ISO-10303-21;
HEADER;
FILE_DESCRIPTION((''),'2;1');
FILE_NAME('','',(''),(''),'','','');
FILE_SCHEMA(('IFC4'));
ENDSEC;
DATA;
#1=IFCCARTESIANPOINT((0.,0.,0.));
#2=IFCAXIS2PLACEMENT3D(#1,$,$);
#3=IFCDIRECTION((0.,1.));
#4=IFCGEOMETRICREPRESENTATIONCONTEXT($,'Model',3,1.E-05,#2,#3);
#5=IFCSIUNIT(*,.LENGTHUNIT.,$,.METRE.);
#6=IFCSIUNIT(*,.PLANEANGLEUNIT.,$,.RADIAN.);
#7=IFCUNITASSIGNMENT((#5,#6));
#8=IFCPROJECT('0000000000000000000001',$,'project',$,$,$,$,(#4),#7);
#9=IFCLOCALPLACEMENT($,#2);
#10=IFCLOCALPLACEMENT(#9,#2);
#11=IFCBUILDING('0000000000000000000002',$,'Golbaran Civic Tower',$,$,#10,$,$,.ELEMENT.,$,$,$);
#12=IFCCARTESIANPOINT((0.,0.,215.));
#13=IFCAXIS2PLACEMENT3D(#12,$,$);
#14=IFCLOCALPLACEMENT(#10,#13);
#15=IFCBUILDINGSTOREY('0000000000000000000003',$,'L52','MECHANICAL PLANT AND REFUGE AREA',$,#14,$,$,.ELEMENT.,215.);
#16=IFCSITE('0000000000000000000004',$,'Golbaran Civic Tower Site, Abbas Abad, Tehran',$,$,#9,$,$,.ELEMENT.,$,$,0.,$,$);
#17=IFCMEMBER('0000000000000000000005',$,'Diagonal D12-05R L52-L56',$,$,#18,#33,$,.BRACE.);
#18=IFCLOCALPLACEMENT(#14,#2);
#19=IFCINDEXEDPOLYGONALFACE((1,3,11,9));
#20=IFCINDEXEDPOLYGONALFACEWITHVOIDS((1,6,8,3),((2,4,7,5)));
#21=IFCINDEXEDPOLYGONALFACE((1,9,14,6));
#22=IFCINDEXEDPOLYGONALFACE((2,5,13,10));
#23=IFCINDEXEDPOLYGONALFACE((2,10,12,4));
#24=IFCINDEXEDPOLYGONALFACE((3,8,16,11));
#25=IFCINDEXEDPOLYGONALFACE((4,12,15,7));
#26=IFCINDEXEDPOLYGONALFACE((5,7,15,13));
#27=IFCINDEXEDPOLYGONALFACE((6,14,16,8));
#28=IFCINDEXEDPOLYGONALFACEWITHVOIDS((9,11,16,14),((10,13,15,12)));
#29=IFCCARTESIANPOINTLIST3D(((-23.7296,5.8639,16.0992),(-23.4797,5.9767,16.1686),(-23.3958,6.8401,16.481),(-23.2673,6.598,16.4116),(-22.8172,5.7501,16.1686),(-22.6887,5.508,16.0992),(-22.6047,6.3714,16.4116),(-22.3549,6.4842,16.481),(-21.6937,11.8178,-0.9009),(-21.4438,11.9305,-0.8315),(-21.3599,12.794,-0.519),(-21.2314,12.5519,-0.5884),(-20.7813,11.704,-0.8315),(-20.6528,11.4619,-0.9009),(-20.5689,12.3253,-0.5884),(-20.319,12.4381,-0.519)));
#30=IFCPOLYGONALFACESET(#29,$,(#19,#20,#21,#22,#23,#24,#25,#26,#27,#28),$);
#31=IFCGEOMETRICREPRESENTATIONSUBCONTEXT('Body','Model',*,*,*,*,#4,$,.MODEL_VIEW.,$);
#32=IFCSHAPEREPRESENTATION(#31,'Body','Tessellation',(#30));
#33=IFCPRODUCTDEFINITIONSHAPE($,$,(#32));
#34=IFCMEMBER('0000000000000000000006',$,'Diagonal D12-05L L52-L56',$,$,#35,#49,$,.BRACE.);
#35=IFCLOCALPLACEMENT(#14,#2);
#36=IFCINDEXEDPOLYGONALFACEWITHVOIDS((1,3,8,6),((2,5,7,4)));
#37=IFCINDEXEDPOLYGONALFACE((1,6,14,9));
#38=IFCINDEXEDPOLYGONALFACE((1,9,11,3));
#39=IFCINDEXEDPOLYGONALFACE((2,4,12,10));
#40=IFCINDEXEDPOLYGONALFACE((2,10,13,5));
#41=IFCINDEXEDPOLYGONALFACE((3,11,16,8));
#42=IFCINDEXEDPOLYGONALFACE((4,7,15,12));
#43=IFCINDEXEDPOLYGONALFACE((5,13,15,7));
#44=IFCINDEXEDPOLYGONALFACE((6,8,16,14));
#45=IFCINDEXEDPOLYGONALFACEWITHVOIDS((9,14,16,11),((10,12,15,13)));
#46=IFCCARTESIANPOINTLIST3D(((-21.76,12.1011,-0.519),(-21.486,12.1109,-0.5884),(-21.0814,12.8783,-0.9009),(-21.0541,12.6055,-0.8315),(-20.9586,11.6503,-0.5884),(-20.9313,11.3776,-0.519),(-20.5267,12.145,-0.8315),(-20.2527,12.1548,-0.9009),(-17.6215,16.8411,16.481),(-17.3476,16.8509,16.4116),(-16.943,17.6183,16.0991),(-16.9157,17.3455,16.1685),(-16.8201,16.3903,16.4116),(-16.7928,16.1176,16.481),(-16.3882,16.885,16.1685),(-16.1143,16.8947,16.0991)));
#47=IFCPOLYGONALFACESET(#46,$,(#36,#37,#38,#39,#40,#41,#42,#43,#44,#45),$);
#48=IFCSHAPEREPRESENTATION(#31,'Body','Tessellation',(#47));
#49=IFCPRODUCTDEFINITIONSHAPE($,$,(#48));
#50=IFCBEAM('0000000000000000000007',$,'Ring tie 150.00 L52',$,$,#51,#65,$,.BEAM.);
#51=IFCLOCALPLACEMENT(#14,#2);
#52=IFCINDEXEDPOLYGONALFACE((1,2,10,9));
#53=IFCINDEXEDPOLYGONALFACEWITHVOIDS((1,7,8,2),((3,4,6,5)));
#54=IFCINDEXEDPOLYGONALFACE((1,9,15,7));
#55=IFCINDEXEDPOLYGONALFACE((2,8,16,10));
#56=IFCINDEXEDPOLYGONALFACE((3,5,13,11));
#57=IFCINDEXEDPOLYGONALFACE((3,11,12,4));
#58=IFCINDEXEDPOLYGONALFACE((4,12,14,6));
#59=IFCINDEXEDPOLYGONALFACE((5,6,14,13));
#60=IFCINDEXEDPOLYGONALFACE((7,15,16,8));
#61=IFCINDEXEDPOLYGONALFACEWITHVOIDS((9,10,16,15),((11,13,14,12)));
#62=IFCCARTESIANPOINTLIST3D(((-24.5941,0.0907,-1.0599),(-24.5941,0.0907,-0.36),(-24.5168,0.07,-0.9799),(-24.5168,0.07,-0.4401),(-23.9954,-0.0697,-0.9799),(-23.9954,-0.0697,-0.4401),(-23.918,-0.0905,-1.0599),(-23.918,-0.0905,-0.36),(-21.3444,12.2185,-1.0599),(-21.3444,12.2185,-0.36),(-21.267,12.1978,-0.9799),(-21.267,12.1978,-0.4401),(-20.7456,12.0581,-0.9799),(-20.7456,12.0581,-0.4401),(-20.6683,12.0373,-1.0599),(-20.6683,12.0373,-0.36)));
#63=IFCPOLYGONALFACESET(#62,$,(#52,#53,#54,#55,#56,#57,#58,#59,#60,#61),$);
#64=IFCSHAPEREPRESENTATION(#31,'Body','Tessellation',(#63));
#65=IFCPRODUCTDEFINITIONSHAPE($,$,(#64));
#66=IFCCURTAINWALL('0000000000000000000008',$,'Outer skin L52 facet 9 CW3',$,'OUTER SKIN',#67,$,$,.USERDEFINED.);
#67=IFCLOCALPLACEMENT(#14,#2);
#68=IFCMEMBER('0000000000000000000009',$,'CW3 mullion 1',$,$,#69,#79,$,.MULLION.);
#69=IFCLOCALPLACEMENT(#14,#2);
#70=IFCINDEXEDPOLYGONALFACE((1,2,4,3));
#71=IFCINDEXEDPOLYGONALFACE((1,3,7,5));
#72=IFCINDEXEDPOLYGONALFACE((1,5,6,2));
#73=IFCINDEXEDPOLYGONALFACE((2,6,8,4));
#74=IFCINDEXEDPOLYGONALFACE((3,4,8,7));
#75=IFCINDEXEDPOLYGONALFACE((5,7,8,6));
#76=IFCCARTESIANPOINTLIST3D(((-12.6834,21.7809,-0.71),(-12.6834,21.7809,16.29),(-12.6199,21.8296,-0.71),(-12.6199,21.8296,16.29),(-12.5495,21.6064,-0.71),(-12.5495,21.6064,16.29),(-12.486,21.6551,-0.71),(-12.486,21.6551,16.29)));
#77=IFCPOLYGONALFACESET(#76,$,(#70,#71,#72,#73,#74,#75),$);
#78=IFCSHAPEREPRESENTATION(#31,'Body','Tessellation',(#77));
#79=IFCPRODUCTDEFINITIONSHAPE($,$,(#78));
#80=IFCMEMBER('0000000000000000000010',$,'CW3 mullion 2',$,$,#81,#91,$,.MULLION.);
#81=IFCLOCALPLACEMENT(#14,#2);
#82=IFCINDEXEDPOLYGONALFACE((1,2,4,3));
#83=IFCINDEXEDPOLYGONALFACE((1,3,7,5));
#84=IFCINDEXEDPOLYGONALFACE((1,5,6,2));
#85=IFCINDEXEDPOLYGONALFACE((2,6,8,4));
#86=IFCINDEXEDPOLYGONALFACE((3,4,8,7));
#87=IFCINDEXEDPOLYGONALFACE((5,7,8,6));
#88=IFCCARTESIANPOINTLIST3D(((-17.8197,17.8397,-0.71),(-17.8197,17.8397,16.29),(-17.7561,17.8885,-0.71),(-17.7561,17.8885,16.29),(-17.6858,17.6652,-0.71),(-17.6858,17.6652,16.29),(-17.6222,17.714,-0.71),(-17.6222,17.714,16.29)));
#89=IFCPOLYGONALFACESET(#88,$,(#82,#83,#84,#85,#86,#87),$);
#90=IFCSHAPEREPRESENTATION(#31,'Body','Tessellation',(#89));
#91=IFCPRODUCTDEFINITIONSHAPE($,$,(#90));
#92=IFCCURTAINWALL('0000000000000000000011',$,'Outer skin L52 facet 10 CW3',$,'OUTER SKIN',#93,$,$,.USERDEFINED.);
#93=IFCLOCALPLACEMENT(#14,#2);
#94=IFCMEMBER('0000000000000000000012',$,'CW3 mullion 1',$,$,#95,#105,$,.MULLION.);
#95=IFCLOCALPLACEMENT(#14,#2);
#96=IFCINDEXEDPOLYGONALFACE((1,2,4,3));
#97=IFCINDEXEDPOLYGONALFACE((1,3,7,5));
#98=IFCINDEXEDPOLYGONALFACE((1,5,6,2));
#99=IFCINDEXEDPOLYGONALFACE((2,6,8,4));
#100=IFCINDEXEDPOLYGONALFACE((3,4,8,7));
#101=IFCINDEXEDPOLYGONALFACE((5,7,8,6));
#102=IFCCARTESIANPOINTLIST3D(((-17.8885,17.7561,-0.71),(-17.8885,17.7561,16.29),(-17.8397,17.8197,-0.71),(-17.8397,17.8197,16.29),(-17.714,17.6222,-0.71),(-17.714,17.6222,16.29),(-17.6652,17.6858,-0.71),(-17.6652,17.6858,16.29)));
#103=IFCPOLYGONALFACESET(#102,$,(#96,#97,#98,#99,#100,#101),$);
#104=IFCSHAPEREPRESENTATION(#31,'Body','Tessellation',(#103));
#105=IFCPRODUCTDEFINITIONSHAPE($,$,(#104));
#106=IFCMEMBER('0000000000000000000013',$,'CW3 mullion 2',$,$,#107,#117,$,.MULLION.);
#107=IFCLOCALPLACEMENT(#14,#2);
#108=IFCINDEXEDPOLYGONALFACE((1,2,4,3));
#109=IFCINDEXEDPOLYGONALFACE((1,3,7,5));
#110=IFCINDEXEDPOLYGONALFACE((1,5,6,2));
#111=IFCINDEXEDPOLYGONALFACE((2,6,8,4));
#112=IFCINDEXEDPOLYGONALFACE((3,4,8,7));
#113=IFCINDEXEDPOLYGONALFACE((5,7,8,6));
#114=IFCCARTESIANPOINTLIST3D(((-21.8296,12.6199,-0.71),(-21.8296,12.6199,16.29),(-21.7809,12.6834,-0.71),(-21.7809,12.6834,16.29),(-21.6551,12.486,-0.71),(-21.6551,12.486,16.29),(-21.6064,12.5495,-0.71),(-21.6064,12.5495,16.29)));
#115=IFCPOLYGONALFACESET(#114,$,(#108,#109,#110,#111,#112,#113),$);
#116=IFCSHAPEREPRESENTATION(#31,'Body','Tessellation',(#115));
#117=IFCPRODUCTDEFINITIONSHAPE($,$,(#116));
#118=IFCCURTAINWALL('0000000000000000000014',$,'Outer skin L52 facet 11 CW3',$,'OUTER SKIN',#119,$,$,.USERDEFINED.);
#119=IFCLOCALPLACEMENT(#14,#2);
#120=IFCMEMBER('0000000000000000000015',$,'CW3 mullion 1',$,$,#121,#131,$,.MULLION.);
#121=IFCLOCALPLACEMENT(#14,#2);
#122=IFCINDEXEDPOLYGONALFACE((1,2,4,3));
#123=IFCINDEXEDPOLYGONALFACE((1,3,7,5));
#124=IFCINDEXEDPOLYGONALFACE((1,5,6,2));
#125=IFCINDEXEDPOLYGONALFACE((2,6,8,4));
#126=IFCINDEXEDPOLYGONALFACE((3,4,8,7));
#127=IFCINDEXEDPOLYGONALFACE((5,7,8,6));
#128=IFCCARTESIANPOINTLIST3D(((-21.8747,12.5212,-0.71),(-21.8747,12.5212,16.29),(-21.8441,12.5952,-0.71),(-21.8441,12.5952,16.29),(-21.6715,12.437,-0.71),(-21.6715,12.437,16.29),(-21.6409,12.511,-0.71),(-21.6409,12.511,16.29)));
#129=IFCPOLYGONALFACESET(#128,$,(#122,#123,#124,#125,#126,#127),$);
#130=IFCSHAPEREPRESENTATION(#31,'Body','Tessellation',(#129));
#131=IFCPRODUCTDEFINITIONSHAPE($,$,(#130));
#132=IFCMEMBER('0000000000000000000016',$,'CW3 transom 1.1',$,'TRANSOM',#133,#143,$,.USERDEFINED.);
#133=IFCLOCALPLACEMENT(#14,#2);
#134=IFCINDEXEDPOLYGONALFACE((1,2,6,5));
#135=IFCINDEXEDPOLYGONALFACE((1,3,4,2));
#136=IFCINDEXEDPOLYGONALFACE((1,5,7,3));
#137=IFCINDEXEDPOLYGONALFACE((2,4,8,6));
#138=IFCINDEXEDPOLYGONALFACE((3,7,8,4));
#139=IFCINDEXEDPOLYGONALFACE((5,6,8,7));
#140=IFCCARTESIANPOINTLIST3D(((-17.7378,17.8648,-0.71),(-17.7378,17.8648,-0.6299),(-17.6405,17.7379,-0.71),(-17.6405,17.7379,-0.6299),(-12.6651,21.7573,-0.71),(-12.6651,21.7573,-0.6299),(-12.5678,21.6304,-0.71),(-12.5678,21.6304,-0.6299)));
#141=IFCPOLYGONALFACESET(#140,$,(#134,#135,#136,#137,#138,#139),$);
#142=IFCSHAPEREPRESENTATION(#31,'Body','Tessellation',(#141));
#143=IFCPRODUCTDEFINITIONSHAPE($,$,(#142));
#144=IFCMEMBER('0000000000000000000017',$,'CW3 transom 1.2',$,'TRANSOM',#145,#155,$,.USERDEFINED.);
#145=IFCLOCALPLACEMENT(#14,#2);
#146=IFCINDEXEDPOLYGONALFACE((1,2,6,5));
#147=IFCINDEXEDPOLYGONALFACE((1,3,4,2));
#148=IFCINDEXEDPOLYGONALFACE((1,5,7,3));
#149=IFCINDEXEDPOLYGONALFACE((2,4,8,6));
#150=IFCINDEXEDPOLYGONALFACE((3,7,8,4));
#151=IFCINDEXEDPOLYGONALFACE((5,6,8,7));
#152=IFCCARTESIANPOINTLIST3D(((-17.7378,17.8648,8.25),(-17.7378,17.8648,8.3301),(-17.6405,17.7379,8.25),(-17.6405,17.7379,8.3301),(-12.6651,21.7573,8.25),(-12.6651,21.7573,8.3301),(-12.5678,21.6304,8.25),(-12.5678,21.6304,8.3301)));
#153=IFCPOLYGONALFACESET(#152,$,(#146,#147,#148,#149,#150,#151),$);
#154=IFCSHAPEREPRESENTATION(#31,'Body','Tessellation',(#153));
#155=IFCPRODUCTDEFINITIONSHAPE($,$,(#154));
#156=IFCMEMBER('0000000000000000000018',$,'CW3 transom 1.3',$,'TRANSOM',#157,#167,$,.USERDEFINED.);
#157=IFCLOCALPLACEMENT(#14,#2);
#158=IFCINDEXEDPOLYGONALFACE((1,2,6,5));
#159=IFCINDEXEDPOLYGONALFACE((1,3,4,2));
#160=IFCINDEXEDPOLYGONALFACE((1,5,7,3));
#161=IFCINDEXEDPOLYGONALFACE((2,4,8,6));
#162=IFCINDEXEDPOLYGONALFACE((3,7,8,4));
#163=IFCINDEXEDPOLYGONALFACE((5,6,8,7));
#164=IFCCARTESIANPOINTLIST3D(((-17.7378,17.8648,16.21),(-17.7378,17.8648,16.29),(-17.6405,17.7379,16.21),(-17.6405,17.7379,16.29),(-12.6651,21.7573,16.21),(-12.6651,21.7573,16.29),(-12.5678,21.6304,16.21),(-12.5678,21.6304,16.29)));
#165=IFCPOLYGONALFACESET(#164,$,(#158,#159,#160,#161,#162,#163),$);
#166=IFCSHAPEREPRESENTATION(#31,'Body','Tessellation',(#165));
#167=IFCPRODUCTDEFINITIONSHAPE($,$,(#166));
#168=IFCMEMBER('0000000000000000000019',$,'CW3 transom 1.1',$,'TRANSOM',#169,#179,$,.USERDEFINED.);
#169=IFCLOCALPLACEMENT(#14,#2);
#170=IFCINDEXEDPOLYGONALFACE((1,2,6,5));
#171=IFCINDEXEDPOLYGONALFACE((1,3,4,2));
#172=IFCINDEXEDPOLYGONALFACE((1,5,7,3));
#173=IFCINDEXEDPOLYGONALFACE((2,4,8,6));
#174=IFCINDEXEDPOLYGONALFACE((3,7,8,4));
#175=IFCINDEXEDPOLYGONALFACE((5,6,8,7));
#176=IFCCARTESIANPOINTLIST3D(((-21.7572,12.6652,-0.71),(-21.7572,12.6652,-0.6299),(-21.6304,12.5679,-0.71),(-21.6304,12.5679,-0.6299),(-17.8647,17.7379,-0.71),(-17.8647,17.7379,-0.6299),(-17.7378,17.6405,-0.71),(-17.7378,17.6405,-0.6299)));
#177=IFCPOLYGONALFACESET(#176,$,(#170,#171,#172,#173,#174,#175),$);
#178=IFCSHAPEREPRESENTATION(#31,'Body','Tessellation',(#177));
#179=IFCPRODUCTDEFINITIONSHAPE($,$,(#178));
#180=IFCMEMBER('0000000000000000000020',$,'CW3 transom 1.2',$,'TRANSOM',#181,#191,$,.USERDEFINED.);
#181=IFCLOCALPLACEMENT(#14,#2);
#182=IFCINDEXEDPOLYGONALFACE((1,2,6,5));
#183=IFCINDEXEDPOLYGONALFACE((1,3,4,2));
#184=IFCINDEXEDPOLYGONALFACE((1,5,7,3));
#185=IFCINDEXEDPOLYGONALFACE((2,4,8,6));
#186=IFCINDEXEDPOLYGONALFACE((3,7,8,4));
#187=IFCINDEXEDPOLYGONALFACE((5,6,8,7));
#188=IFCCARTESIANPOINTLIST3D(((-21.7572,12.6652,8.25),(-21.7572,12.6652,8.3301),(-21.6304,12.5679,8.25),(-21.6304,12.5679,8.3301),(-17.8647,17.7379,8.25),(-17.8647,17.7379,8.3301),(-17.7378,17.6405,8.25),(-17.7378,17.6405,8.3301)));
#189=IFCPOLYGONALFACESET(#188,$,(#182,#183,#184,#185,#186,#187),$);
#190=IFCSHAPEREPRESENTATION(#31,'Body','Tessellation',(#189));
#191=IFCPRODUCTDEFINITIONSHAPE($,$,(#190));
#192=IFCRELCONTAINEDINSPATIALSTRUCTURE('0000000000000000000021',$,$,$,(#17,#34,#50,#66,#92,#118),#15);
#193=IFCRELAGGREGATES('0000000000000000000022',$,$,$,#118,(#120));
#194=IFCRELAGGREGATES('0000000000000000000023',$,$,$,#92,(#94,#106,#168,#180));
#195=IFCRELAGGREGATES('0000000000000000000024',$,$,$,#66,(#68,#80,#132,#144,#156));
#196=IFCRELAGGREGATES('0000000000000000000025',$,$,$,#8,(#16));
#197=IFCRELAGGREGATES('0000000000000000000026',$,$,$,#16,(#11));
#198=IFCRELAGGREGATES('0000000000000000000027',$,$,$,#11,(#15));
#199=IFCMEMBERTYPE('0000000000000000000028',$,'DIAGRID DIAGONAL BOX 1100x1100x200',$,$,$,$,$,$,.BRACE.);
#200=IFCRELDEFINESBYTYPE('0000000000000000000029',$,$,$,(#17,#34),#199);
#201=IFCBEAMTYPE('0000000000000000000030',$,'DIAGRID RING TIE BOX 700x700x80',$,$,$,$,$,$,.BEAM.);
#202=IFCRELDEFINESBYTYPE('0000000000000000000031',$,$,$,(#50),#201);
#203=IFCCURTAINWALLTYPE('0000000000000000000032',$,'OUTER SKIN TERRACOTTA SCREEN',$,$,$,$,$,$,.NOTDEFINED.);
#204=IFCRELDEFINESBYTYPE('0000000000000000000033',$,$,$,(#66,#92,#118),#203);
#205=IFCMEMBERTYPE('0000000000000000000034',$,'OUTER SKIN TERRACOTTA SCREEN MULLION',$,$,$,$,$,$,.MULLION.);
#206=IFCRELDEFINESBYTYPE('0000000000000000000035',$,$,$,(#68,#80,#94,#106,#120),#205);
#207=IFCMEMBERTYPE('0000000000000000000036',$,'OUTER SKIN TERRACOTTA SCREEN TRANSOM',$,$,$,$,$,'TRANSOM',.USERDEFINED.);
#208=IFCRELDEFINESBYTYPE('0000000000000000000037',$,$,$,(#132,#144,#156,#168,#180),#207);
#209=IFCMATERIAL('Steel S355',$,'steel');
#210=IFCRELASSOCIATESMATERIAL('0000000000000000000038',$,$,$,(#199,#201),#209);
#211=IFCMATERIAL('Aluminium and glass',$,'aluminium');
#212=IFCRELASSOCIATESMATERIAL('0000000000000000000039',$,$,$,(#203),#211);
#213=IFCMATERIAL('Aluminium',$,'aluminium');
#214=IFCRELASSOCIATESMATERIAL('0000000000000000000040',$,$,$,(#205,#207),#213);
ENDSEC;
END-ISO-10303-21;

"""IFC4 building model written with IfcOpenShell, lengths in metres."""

from ifc_helpers import new_model, si_unit, direction, frame, origin, origin_2d, place, context, subcontext, project, spatial, rectangle, hollow_rectangle, extrude, material, material_profile, profile_set, type_object, element, aggregate, save


model = new_model("IFC4")

# Units and contexts
model_context = context("Model", 3, precision=1e-05, world=origin(), true_north=direction((0.0, 1.0)))
body_context = subcontext(model_context, "Body", "Model", "MODEL_VIEW")
ifc_project = project(units=[si_unit("LENGTHUNIT", "METRE"), si_unit("PLANEANGLEUNIT", "RADIAN")], contexts=[model_context])

# Site, building, storey
site_placement = place(None, origin())
site = spatial("IfcSite", under=ifc_project, at=site_placement, Name="Golbaran Civic Tower Site, Abbas Abad, Tehran", CompositionType="ELEMENT", RefElevation=0.0)
building_placement = place(site_placement, origin())
building = spatial("IfcBuilding", under=site, at=building_placement, Name="Golbaran Civic Tower", CompositionType="ELEMENT")
storey_placement = place(building_placement, frame((0.0, 0.0, 215.0)))
storey = spatial("IfcBuildingStorey", under=building, at=storey_placement, Name="L52", Description="MECHANICAL PLANT AND REFUGE AREA", CompositionType="ELEMENT", Elevation=215.0)

# Members
ifc_material_1 = material(Name="Steel S355", Category="steel")
ifc_material_profile_1 = material_profile(ifc_material_1, hollow_rectangle(XDim=1.1001, YDim=1.1001, WallThickness=0.2, at=origin_2d()), Name="BOX 1100x1100x200")
ifc_profile_set_1 = profile_set([ifc_material_profile_1], Name="Steel S355")
member_type_1 = type_object("IfcMemberType", Name="DIAGRID DIAGONAL BOX 1100x1100x200", PredefinedType="BRACE", material=ifc_profile_set_1)
for number, where, z_axis, x_axis, name in (
    (1, (-21.0063, 12.1279, -0.71), (-0.112312, -0.32845, 0.93782), (0.946211, -0.323551, 0.0), "Diagonal D12-05R L52-L56"),
    (2, (-21.0063, 12.1279, -0.71), (0.2283, 0.261485, 0.937819), (-0.75329, 0.657688, 0.0), "Diagonal D12-05L L52-L56"),
):
    element("IfcMember", number, at=place(storey_placement, frame(where, z_axis=z_axis, x_axis=x_axis)), inside=storey, type_object=member_type_1, Name=name, PredefinedType="BRACE", context=body_context, shape_type="SweptSolid", body=[
        extrude(hollow_rectangle(XDim=1.1001, YDim=1.1001, WallThickness=0.2, at=origin_2d()), origin(), (0.0, 0.0, 1.0), 18.1272),
    ])

# Beam
ifc_material_profile_2 = material_profile(ifc_material_1, hollow_rectangle(XDim=0.7, YDim=0.7, WallThickness=0.0801, at=origin_2d()), Name="BOX 700x700x80")
ifc_profile_set_2 = profile_set([ifc_material_profile_2], Name="Steel S355")
beam_type = type_object("IfcBeamType", Name="DIAGRID RING TIE BOX 700x700x80", PredefinedType="BEAM", material=ifc_profile_set_2)
beam_placement = place(storey_placement, frame((-21.0063, 12.1279, -0.71), z_axis=(-0.258826, -0.965924, 0.0), x_axis=(0.965924, -0.258826, 0.0)))
element("IfcBeam", 3, at=beam_placement, inside=storey, type_object=beam_type, Name="Ring tie 150.00 L52", PredefinedType="BEAM", context=body_context, shape_type="SweptSolid", body=[
    extrude(hollow_rectangle(XDim=0.7, YDim=0.7, WallThickness=0.0801, at=origin_2d()), origin(), (0.0, 0.0, 1.0), 12.5557),
])

# Curtain walls, members
ifc_material_2 = material(Name="Aluminium and glass", Category="aluminium")
curtain_wall_type_1 = type_object("IfcCurtainWallType", Name="OUTER SKIN TERRACOTTA SCREEN", PredefinedType="NOTDEFINED", material=ifc_material_2)
curtain_wall_1_placement = place(storey_placement, origin())
curtain_wall_1 = element("IfcCurtainWall", 4, at=curtain_wall_1_placement, inside=storey, type_object=curtain_wall_type_1, Name="Outer skin L52 facet 9 CW3", ObjectType="OUTER SKIN", PredefinedType="USERDEFINED")
ifc_material_3 = material(Name="Aluminium", Category="aluminium")
ifc_material_profile_3 = material_profile(ifc_material_3, rectangle(XDim=0.22, YDim=0.0801, at=origin_2d()), Name="OUTER SKIN TERRACOTTA SCREEN MULLION")
ifc_profile_set_3 = profile_set([ifc_material_profile_3], Name="Aluminium")
member_type_2 = type_object("IfcMemberType", Name="OUTER SKIN TERRACOTTA SCREEN MULLION", PredefinedType="MULLION", material=ifc_profile_set_3)
member_1_placement = place(storey_placement, frame((-12.5847, 21.718, -0.71), z_axis=(0.0, 0.0, 1.0), x_axis=(0.608761, -0.793353, 0.0)))
member_1 = element("IfcMember", 5, at=member_1_placement, type_object=member_type_2, Name="CW3 mullion 1", PredefinedType="MULLION", context=body_context, shape_type="SweptSolid", body=[
    extrude(rectangle(XDim=0.22, YDim=0.0801, at=origin_2d()), origin(), (0.0, 0.0, 1.0), 17.0),
])
member_2_placement = place(storey_placement, frame((-17.7209, 17.7769, -0.71), z_axis=(0.0, 0.0, 1.0), x_axis=(0.608761, -0.793353, 0.0)))
member_2 = element("IfcMember", 6, at=member_2_placement, type_object=member_type_2, Name="CW3 mullion 2", PredefinedType="MULLION", context=body_context, shape_type="SweptSolid", body=[
    extrude(rectangle(XDim=0.22, YDim=0.0801, at=origin_2d()), origin(), (0.0, 0.0, 1.0), 17.0),
])
curtain_wall_2_placement = place(storey_placement, origin())
curtain_wall_2 = element("IfcCurtainWall", 7, at=curtain_wall_2_placement, inside=storey, type_object=curtain_wall_type_1, Name="Outer skin L52 facet 10 CW3", ObjectType="OUTER SKIN", PredefinedType="USERDEFINED")
member_3_placement = place(storey_placement, frame((-17.7769, 17.7209, -0.71), z_axis=(0.0, 0.0, 1.0), x_axis=(0.793353, -0.608761, 0.0)))
member_3 = element("IfcMember", 8, at=member_3_placement, type_object=member_type_2, Name="CW3 mullion 1", PredefinedType="MULLION", context=body_context, shape_type="SweptSolid", body=[
    extrude(rectangle(XDim=0.22, YDim=0.0801, at=origin_2d()), origin(), (0.0, 0.0, 1.0), 17.0),
])
member_4_placement = place(storey_placement, frame((-21.718, 12.5847, -0.71), z_axis=(0.0, 0.0, 1.0), x_axis=(0.793353, -0.608761, 0.0)))
member_4 = element("IfcMember", 9, at=member_4_placement, type_object=member_type_2, Name="CW3 mullion 2", PredefinedType="MULLION", context=body_context, shape_type="SweptSolid", body=[
    extrude(rectangle(XDim=0.22, YDim=0.0801, at=origin_2d()), origin(), (0.0, 0.0, 1.0), 17.0),
])

# Curtain wall, member
curtain_wall_3_placement = place(storey_placement, origin())
curtain_wall_3 = element("IfcCurtainWall", 10, at=curtain_wall_3_placement, inside=storey, type_object=curtain_wall_type_1, Name="Outer skin L52 facet 11 CW3", ObjectType="OUTER SKIN", PredefinedType="USERDEFINED")
member_5_placement = place(storey_placement, frame((-21.7578, 12.5161, -0.71), z_axis=(0.0, 0.0, 1.0), x_axis=(0.92388, -0.382683, 0.0)))
member_5 = element("IfcMember", 11, at=member_5_placement, type_object=member_type_2, Name="CW3 mullion 1", PredefinedType="MULLION", context=body_context, shape_type="SweptSolid", body=[
    extrude(rectangle(XDim=0.22, YDim=0.0801, at=origin_2d()), origin(), (0.0, 0.0, 1.0), 17.0),
])

# Members
ifc_material_profile_4 = material_profile(ifc_material_3, rectangle(XDim=0.1599, YDim=0.0801, at=origin_2d()), Name="OUTER SKIN TERRACOTTA SCREEN TRANSOM")
ifc_profile_set_4 = profile_set([ifc_material_profile_4], Name="Aluminium")
member_type_3 = type_object("IfcMemberType", Name="OUTER SKIN TERRACOTTA SCREEN TRANSOM", ElementType="TRANSOM", PredefinedType="USERDEFINED", material=ifc_profile_set_4)
member_6_placement = place(storey_placement, frame((-12.6165, 21.6938, -0.6699), z_axis=(-0.793344, -0.608773, 0.0), x_axis=(0.608773, -0.793344, 0.0)))
member_6 = element("IfcMember", 12, at=member_6_placement, type_object=member_type_3, Name="CW3 transom 1.1", ObjectType="TRANSOM", PredefinedType="USERDEFINED", context=body_context, shape_type="SweptSolid", body=[
    extrude(rectangle(XDim=0.1599, YDim=0.0801, at=origin_2d()), origin(), (0.0, 0.0, 1.0), 6.394),
])
member_7_placement = place(storey_placement, frame((-12.6165, 21.6938, 8.29), z_axis=(-0.793344, -0.608773, 0.0), x_axis=(0.608773, -0.793344, 0.0)))
member_7 = element("IfcMember", 13, at=member_7_placement, type_object=member_type_3, Name="CW3 transom 1.2", ObjectType="TRANSOM", PredefinedType="USERDEFINED", context=body_context, shape_type="SweptSolid", body=[
    extrude(rectangle(XDim=0.1599, YDim=0.0801, at=origin_2d()), origin(), (0.0, 0.0, 1.0), 6.394),
])
member_8_placement = place(storey_placement, frame((-12.6165, 21.6938, 16.25), z_axis=(-0.793344, -0.608773, 0.0), x_axis=(0.608773, -0.793344, 0.0)))
member_8 = element("IfcMember", 14, at=member_8_placement, type_object=member_type_3, Name="CW3 transom 1.3", ObjectType="TRANSOM", PredefinedType="USERDEFINED", context=body_context, shape_type="SweptSolid", body=[
    extrude(rectangle(XDim=0.1599, YDim=0.0801, at=origin_2d()), origin(), (0.0, 0.0, 1.0), 6.394),
])
member_9_placement = place(storey_placement, frame((-17.8013, 17.6892, -0.6699), z_axis=(-0.608773, -0.793344, 0.0), x_axis=(0.793344, -0.608773, 0.0)))
member_9 = element("IfcMember", 15, at=member_9_placement, type_object=member_type_3, Name="CW3 transom 1.1", ObjectType="TRANSOM", PredefinedType="USERDEFINED", context=body_context, shape_type="SweptSolid", body=[
    extrude(rectangle(XDim=0.1599, YDim=0.0801, at=origin_2d()), origin(), (0.0, 0.0, 1.0), 6.394),
])
member_10_placement = place(storey_placement, frame((-17.8013, 17.6892, 8.29), z_axis=(-0.608773, -0.793344, 0.0), x_axis=(0.793344, -0.608773, 0.0)))
member_10 = element("IfcMember", 16, at=member_10_placement, type_object=member_type_3, Name="CW3 transom 1.2", ObjectType="TRANSOM", PredefinedType="USERDEFINED", context=body_context, shape_type="SweptSolid", body=[
    extrude(rectangle(XDim=0.1599, YDim=0.0801, at=origin_2d()), origin(), (0.0, 0.0, 1.0), 6.394),
])
aggregate(curtain_wall_3, [member_5])

aggregate(curtain_wall_2, [member_3, member_4, member_9, member_10])
aggregate(curtain_wall_1, [member_1, member_2, member_6, member_7, member_8])

save(model, "model.ifc")
